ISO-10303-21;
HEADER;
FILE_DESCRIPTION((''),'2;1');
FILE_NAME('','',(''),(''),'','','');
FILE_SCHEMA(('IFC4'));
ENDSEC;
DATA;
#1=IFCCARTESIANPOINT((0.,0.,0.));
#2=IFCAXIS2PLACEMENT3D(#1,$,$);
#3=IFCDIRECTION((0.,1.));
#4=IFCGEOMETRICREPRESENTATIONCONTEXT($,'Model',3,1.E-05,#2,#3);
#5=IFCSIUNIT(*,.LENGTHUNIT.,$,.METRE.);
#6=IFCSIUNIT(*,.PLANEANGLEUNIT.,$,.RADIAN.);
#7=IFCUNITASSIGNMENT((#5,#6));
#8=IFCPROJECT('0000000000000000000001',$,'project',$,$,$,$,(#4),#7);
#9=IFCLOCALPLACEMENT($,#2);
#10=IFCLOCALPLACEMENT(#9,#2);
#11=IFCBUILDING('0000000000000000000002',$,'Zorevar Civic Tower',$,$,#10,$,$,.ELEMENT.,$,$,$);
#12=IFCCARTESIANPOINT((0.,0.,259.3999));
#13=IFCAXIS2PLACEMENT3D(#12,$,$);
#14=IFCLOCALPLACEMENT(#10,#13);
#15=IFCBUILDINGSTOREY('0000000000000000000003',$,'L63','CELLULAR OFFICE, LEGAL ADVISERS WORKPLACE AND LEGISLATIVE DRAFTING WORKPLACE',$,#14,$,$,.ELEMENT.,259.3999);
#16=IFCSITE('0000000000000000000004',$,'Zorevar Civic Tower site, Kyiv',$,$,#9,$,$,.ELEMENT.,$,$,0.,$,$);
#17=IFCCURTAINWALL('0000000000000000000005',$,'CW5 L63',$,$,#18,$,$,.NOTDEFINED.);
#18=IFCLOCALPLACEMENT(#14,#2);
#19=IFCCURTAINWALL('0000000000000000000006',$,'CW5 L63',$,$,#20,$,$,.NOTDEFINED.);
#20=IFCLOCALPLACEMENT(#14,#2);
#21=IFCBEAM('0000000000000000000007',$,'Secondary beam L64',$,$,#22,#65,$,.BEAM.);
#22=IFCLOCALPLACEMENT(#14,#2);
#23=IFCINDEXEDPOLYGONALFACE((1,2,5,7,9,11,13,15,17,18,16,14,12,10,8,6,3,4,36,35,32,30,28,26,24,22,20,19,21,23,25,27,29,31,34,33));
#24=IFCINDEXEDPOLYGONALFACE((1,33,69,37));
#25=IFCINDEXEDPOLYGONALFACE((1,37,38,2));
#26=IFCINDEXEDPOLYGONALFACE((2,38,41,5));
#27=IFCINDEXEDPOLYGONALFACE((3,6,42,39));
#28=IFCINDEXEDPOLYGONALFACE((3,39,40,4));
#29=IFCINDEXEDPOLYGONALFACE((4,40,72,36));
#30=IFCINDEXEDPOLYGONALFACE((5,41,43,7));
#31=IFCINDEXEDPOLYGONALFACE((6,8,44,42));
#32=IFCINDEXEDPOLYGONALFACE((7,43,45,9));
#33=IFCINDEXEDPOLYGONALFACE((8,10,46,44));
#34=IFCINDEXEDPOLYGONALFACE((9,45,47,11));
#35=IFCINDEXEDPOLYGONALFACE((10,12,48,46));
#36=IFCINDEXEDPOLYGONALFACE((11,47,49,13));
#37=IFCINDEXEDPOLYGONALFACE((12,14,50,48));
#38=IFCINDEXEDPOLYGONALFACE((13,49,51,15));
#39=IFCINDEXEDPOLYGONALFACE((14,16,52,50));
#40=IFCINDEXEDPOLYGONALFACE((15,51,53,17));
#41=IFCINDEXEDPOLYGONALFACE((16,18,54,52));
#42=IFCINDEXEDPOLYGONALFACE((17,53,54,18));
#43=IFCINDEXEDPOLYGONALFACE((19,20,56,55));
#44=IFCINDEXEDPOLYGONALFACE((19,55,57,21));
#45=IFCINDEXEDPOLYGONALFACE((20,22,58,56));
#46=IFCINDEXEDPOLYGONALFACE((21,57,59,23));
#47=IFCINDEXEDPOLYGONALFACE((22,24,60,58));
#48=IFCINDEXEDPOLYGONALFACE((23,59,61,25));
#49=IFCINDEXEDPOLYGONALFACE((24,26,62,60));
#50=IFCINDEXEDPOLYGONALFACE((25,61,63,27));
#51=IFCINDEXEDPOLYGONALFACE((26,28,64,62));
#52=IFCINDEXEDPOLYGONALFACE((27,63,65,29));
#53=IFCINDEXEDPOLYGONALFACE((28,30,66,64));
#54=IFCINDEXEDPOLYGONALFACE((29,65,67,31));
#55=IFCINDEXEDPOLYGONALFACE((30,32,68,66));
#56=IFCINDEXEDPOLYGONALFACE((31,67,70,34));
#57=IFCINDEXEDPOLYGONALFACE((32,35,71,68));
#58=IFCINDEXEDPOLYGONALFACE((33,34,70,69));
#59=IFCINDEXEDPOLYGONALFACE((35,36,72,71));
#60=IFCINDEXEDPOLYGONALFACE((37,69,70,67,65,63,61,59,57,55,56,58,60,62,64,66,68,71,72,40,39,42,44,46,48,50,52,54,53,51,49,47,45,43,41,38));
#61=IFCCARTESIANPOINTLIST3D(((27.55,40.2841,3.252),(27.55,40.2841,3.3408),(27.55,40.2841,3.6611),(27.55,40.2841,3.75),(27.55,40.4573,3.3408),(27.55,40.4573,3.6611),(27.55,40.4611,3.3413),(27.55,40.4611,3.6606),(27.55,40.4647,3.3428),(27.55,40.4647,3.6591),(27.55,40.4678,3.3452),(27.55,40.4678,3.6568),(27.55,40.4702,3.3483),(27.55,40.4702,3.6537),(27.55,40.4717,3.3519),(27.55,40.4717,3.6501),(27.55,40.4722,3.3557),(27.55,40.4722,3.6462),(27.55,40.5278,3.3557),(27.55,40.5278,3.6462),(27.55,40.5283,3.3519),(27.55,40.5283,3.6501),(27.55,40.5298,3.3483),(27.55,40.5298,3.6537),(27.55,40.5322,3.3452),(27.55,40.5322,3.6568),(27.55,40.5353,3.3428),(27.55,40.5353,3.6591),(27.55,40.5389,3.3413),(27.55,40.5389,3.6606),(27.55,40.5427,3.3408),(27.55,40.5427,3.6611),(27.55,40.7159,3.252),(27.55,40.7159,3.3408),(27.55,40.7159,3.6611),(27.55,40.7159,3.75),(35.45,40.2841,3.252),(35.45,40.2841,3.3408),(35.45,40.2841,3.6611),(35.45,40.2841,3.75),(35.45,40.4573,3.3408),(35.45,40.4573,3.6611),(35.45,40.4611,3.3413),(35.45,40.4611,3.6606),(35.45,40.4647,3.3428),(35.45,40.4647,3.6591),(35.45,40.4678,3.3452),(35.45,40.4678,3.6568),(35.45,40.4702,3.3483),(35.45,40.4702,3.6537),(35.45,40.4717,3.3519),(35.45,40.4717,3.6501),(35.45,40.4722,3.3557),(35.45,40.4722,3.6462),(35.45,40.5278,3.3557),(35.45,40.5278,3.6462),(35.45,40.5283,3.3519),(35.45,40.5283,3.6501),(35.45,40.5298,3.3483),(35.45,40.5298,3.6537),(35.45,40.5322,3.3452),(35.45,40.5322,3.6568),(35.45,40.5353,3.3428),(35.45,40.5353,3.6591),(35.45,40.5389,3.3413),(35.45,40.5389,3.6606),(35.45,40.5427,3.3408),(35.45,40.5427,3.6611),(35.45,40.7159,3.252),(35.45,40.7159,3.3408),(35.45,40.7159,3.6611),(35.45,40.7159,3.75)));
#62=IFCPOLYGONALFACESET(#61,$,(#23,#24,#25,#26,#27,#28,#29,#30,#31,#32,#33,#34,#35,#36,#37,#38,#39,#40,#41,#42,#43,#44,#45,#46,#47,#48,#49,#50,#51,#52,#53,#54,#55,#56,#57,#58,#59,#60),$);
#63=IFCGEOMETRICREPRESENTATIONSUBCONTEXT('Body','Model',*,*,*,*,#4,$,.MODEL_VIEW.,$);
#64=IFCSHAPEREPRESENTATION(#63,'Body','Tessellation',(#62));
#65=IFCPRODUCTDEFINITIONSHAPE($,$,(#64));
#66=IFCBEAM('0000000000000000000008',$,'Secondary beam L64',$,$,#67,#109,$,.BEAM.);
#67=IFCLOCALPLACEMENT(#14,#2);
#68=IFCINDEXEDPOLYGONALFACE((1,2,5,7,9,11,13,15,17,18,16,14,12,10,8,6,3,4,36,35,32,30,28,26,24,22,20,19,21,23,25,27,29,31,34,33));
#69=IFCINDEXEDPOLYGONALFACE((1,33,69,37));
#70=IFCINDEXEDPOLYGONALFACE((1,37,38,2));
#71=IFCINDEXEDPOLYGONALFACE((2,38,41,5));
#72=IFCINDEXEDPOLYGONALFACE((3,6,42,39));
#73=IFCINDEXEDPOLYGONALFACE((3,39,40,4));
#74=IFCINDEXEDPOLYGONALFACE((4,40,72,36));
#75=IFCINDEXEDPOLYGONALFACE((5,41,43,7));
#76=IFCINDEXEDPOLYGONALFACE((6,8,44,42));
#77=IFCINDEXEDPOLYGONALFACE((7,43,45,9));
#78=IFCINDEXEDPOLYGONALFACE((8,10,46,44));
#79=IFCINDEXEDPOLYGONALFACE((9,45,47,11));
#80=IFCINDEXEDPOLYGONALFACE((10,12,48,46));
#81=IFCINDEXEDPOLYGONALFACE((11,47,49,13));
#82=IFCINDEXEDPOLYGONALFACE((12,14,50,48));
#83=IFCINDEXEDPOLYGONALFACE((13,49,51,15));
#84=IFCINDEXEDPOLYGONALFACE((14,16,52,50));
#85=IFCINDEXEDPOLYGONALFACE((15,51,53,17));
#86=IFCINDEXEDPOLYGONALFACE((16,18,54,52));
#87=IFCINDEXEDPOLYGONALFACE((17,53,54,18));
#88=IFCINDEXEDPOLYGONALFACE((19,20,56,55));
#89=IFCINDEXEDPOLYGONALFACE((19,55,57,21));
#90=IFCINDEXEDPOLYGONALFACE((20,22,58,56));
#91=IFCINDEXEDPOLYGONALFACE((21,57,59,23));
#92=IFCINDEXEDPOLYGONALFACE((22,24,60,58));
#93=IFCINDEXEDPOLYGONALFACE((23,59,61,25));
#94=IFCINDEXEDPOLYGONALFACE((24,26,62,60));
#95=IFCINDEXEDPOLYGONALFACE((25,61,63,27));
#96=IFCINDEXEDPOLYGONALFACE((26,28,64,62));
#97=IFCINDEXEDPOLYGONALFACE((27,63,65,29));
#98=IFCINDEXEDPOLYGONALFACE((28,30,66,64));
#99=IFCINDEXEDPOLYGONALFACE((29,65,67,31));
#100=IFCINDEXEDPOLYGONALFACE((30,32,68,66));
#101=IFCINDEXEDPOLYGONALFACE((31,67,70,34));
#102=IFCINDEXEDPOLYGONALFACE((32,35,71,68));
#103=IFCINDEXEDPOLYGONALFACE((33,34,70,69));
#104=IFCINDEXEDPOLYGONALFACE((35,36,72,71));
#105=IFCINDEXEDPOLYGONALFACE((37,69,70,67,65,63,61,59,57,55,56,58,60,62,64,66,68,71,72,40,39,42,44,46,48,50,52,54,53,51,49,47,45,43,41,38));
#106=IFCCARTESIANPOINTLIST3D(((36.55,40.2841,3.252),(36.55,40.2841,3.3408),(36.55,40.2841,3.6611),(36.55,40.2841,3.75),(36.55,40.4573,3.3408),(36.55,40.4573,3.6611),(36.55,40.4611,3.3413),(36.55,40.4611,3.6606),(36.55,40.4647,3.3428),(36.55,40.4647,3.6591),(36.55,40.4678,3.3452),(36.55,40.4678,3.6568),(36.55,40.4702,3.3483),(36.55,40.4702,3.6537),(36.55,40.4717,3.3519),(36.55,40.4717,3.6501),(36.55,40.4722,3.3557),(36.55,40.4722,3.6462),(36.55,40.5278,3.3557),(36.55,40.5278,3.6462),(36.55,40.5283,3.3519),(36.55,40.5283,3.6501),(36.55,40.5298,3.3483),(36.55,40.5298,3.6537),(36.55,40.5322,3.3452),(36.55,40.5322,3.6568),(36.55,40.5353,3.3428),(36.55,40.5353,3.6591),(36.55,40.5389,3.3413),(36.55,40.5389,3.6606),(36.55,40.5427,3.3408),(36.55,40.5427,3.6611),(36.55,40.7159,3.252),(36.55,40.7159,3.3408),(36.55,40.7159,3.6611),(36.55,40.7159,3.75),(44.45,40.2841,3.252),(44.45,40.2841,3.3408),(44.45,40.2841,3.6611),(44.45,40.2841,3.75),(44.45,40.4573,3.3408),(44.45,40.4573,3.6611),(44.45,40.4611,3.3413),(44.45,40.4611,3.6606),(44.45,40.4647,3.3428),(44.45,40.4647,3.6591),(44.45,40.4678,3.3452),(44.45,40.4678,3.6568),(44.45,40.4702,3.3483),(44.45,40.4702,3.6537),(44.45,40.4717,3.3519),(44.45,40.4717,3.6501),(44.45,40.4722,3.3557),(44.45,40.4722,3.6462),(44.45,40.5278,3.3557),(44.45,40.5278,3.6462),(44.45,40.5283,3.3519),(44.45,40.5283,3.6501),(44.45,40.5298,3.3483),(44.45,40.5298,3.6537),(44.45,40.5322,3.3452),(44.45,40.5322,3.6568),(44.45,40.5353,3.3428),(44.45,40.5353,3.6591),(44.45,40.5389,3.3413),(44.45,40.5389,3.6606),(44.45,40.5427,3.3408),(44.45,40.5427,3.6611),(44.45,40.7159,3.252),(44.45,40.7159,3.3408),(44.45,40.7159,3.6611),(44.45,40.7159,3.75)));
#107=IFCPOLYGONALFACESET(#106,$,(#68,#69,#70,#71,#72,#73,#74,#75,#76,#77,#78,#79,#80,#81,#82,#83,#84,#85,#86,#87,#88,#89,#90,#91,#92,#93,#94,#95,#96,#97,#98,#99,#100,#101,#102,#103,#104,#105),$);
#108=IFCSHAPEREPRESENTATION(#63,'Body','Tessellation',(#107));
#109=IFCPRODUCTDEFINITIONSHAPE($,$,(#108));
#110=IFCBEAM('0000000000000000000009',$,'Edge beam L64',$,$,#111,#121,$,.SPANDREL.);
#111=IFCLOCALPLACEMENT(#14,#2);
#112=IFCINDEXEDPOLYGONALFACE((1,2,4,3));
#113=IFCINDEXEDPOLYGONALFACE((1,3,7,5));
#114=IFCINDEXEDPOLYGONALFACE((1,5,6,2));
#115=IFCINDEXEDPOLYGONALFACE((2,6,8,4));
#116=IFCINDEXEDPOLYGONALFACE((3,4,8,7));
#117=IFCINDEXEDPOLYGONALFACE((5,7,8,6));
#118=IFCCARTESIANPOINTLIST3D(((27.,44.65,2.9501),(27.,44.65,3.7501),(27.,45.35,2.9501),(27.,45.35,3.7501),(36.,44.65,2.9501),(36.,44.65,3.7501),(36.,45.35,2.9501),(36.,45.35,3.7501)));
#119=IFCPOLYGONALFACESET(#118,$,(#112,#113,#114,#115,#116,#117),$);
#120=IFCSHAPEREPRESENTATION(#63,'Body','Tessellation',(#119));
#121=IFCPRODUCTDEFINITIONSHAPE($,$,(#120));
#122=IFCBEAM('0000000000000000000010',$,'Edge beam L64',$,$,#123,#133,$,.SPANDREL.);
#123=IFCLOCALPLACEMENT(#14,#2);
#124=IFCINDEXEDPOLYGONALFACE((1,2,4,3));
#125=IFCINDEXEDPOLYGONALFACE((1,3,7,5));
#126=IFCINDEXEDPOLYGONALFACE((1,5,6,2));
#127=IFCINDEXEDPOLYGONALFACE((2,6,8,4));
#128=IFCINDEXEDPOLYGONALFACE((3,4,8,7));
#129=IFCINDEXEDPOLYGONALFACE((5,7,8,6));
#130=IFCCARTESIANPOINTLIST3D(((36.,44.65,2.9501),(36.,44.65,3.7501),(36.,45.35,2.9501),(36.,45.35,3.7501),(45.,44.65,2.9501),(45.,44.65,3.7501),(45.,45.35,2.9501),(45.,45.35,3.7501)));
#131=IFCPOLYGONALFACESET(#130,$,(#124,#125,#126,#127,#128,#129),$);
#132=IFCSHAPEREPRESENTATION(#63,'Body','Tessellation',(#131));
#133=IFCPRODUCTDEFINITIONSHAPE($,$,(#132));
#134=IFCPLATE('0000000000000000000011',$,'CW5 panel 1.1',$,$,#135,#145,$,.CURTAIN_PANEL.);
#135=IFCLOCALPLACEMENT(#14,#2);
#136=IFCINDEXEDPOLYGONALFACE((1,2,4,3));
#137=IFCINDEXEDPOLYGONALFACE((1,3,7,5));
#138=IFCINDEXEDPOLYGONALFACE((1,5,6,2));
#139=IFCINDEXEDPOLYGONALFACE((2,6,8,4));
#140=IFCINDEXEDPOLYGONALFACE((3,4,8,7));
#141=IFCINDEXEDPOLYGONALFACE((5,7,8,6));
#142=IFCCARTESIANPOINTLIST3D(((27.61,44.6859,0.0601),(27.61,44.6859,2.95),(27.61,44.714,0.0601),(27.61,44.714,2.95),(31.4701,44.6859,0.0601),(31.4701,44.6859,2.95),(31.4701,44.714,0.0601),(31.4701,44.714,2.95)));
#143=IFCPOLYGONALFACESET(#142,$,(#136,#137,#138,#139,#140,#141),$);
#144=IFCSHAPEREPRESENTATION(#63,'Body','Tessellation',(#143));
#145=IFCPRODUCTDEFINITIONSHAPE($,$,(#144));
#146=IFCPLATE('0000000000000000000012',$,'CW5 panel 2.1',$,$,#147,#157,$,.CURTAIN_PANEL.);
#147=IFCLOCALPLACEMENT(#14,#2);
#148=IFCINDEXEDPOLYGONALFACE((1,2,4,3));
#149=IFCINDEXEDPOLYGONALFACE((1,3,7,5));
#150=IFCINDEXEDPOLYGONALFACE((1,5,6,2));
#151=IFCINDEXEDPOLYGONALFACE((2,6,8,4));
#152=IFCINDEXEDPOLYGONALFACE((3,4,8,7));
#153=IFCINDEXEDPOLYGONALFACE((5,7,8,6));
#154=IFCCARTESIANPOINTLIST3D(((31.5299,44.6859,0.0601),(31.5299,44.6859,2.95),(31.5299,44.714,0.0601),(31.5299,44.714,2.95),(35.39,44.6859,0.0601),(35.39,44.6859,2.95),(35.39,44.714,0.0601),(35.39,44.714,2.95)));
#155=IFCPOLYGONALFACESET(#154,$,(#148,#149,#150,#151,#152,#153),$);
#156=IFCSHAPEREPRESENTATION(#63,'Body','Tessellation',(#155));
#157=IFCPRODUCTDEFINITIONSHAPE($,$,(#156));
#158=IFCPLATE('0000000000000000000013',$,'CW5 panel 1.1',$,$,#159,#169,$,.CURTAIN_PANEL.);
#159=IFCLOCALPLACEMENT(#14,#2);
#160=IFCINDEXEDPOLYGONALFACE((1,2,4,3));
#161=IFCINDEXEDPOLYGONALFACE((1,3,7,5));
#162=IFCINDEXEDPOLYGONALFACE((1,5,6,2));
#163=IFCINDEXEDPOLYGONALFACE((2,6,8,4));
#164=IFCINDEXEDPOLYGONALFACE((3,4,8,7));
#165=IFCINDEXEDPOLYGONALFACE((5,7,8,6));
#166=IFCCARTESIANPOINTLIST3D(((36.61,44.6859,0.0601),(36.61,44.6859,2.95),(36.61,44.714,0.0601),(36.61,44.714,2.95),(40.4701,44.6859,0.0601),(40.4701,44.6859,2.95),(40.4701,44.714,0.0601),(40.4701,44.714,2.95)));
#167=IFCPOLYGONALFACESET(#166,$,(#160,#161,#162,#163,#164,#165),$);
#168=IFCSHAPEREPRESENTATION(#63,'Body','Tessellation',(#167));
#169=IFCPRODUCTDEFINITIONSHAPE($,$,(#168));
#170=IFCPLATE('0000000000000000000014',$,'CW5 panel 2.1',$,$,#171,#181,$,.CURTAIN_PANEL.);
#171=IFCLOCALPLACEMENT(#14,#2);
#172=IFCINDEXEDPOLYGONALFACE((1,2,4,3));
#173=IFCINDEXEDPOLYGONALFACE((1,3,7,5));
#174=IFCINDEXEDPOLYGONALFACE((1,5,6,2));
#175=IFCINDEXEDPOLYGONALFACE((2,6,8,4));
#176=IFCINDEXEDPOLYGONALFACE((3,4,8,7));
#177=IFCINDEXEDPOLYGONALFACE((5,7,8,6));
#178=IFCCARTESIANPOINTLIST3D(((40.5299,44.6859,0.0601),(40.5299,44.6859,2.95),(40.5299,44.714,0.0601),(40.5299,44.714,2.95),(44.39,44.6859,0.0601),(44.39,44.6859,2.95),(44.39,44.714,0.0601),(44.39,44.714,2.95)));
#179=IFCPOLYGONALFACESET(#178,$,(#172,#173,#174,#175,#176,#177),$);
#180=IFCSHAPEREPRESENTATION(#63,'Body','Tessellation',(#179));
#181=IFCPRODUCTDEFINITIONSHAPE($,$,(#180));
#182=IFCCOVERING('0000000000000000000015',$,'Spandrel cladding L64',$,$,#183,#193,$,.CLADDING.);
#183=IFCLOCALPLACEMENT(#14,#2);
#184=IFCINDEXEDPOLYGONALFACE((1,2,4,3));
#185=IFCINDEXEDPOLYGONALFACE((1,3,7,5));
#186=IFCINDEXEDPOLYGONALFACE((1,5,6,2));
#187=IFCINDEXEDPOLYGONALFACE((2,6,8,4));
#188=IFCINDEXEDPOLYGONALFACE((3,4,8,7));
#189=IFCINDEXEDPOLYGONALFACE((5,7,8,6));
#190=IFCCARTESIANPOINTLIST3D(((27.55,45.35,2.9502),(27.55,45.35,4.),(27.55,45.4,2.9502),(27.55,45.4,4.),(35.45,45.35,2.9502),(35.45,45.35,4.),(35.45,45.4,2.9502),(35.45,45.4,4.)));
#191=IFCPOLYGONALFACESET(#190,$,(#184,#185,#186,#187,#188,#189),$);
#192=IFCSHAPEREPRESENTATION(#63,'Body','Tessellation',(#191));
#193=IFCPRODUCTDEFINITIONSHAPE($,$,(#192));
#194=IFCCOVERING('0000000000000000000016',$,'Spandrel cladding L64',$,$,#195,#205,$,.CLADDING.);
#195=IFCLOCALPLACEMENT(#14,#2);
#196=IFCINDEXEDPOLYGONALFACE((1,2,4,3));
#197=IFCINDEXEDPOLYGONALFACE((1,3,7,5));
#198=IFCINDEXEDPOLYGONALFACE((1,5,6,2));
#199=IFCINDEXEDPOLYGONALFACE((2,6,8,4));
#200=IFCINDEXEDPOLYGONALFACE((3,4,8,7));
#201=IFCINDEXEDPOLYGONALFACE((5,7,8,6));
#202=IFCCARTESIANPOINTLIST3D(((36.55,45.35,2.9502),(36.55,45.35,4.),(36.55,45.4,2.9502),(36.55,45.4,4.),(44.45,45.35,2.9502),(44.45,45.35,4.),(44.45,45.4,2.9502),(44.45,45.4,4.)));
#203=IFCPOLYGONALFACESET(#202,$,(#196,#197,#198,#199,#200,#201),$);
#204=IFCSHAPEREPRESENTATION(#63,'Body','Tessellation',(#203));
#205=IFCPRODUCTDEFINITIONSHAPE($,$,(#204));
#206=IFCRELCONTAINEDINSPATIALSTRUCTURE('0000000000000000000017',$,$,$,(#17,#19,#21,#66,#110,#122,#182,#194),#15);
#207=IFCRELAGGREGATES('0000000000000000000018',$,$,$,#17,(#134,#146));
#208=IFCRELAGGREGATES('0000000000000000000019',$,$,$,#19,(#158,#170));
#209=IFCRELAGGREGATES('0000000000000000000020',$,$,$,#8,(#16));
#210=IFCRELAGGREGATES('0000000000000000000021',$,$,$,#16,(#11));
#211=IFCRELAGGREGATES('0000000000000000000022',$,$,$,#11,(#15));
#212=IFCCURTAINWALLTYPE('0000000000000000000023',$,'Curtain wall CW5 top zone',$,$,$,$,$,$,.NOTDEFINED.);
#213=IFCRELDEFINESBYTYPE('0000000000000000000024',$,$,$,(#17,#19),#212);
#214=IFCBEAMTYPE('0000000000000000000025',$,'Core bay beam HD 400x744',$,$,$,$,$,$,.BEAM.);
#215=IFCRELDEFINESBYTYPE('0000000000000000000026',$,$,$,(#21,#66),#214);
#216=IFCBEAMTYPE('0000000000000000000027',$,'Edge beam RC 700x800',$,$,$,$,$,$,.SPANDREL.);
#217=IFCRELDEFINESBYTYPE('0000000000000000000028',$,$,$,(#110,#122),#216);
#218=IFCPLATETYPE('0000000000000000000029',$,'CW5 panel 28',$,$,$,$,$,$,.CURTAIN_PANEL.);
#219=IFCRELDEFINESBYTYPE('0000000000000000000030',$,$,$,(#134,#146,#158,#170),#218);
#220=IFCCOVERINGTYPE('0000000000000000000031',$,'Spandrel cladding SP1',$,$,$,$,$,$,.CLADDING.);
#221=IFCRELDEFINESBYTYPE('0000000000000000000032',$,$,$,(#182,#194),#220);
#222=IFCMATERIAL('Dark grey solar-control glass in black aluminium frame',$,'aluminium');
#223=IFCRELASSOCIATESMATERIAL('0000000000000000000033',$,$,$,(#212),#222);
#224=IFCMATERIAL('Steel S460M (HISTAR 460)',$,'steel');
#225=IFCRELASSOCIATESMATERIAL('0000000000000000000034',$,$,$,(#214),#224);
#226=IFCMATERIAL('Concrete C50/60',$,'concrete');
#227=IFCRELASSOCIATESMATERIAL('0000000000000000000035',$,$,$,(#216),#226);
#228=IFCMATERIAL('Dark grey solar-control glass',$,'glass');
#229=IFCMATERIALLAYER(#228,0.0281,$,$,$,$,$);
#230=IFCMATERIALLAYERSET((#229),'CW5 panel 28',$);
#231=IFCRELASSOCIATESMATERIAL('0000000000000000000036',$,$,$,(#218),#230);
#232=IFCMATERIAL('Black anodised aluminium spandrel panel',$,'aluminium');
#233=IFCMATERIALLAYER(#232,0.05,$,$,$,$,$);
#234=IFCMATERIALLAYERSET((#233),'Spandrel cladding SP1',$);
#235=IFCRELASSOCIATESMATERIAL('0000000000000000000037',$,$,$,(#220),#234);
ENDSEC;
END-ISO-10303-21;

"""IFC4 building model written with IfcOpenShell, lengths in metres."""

from ifc_helpers import new_model, si_unit, direction, frame, frame_2d, origin, origin_2d, place, context, subcontext, project, spatial, rectangle, i_section, extrude, material, layer, layer_set, material_profile, profile_set, type_object, element, aggregate, save


model = new_model("IFC4")

# Units and contexts
model_context = context("Model", 3, precision=1e-05, world=origin(), true_north=direction((0.0, 1.0)))
body_context = subcontext(model_context, "Body", "Model", "MODEL_VIEW")
ifc_project = project(units=[si_unit("LENGTHUNIT", "METRE"), si_unit("PLANEANGLEUNIT", "RADIAN")], contexts=[model_context])

# Site, building, storey
site_placement = place(None, origin())
site = spatial("IfcSite", under=ifc_project, at=site_placement, Name="Zorevar Civic Tower site, Kyiv", CompositionType="ELEMENT", RefElevation=0.0)
building_placement = place(site_placement, origin())
building = spatial("IfcBuilding", under=site, at=building_placement, Name="Zorevar Civic Tower", CompositionType="ELEMENT")
storey_placement = place(building_placement, frame((0.0, 0.0, 259.3999)))
storey = spatial("IfcBuildingStorey", under=building, at=storey_placement, Name="L63", Description="CELLULAR OFFICE, LEGAL ADVISERS WORKPLACE AND LEGISLATIVE DRAFTING WORKPLACE", CompositionType="ELEMENT", Elevation=259.3999)

# Curtain walls
ifc_material_1 = material(Name="Dark grey solar-control glass in black aluminium frame", Category="aluminium")
curtain_wall_type = type_object("IfcCurtainWallType", Name="Curtain wall CW5 top zone", PredefinedType="NOTDEFINED", material=ifc_material_1)
curtain_wall_1_placement = place(storey_placement, origin())
curtain_wall_1 = element("IfcCurtainWall", 1, at=curtain_wall_1_placement, inside=storey, type_object=curtain_wall_type, Name="CW5 L63", PredefinedType="NOTDEFINED")
curtain_wall_2_placement = place(storey_placement, origin())
curtain_wall_2 = element("IfcCurtainWall", 2, at=curtain_wall_2_placement, inside=storey, type_object=curtain_wall_type, Name="CW5 L63", PredefinedType="NOTDEFINED")

# Beams
ifc_material_2 = material(Name="Steel S460M (HISTAR 460)", Category="steel")
ifc_material_profile_1 = material_profile(ifc_material_2, i_section(OverallWidth=0.4319, OverallDepth=0.498, WebThickness=0.0557, FlangeThickness=0.0889, FilletRadius=0.0149, at=origin_2d()), Name="HD 400x744")
ifc_profile_set_1 = profile_set([ifc_material_profile_1], Name="Steel S460M (HISTAR 460)")
beam_type_1 = type_object("IfcBeamType", Name="Core bay beam HD 400x744", PredefinedType="BEAM", material=ifc_profile_set_1)
for number, where, z_axis, x_axis, name in (
    (3, (27.55, 40.5, 3.501), (1.0, 0.0, 0.0), (0.0, 1.0, 0.0), "Secondary beam L64"),
    (4, (36.55, 40.5, 3.501), (1.0, 0.0, 0.0), (0.0, 1.0, 0.0), "Secondary beam L64"),
):
    element("IfcBeam", number, at=place(storey_placement, frame(where, z_axis=z_axis, x_axis=x_axis)), inside=storey, type_object=beam_type_1, Name=name, PredefinedType="BEAM", context=body_context, shape_type="SweptSolid", body=[
        extrude(i_section(OverallWidth=0.4319, OverallDepth=0.498, WebThickness=0.0557, FlangeThickness=0.0889, FilletRadius=0.0149, at=origin_2d()), origin(), (0.0, 0.0, 1.0), 7.8999),
    ])
ifc_material_3 = material(Name="Concrete C50/60", Category="concrete")
ifc_material_profile_2 = material_profile(ifc_material_3, rectangle(XDim=0.7, YDim=0.8, at=origin_2d()), Name="RC 700x800")
ifc_profile_set_2 = profile_set([ifc_material_profile_2], Name="Concrete C50/60")
beam_type_2 = type_object("IfcBeamType", Name="Edge beam RC 700x800", PredefinedType="SPANDREL", material=ifc_profile_set_2)
for number, where, z_axis, x_axis, name in (
    (5, (27.0, 45.0, 3.3501), (1.0, 0.0, 0.0), (0.0, 1.0, 0.0), "Edge beam L64"),
    (6, (36.0, 45.0, 3.3501), (1.0, 0.0, 0.0), (0.0, 1.0, 0.0), "Edge beam L64"),
):
    element("IfcBeam", number, at=place(storey_placement, frame(where, z_axis=z_axis, x_axis=x_axis)), inside=storey, type_object=beam_type_2, Name=name, PredefinedType="SPANDREL", context=body_context, shape_type="SweptSolid", body=[
        extrude(rectangle(XDim=0.7, YDim=0.8, at=origin_2d()), origin(), (0.0, 0.0, 1.0), 9.0),
    ])

# Plates
ifc_material_4 = material(Name="Dark grey solar-control glass", Category="glass")
ifc_layer_1 = layer(ifc_material_4, 0.0281)
ifc_layer_set_1 = layer_set([ifc_layer_1], Name="CW5 panel 28")
plate_type = type_object("IfcPlateType", Name="CW5 panel 28", PredefinedType="CURTAIN_PANEL", material=ifc_layer_set_1)
plate_1_placement = place(storey_placement, frame((29.54, 44.7, 0.0601), z_axis=(0.0, 0.0, 1.0), x_axis=(1.0, 0.0, 0.0)))
plate_1 = element("IfcPlate", 7, at=plate_1_placement, type_object=plate_type, Name="CW5 panel 1.1", PredefinedType="CURTAIN_PANEL", context=body_context, shape_type="SweptSolid", body=[
    extrude(rectangle(XDim=3.8601, YDim=0.0281, at=origin_2d()), origin(), (0.0, 0.0, 1.0), 2.8899),
])
plate_2_placement = place(storey_placement, frame((33.46, 44.7, 0.0601), z_axis=(0.0, 0.0, 1.0), x_axis=(1.0, 0.0, 0.0)))
plate_2 = element("IfcPlate", 8, at=plate_2_placement, type_object=plate_type, Name="CW5 panel 2.1", PredefinedType="CURTAIN_PANEL", context=body_context, shape_type="SweptSolid", body=[
    extrude(rectangle(XDim=3.8601, YDim=0.0281, at=origin_2d()), origin(), (0.0, 0.0, 1.0), 2.8899),
])
aggregate(curtain_wall_1, [plate_1, plate_2])
plate_3_placement = place(storey_placement, frame((38.54, 44.7, 0.0601), z_axis=(0.0, 0.0, 1.0), x_axis=(1.0, 0.0, 0.0)))
plate_3 = element("IfcPlate", 9, at=plate_3_placement, type_object=plate_type, Name="CW5 panel 1.1", PredefinedType="CURTAIN_PANEL", context=body_context, shape_type="SweptSolid", body=[
    extrude(rectangle(XDim=3.8601, YDim=0.0281, at=origin_2d()), origin(), (0.0, 0.0, 1.0), 2.8899),
])
plate_4_placement = place(storey_placement, frame((42.46, 44.7, 0.0601), z_axis=(0.0, 0.0, 1.0), x_axis=(1.0, 0.0, 0.0)))
plate_4 = element("IfcPlate", 10, at=plate_4_placement, type_object=plate_type, Name="CW5 panel 2.1", PredefinedType="CURTAIN_PANEL", context=body_context, shape_type="SweptSolid", body=[
    extrude(rectangle(XDim=3.8601, YDim=0.0281, at=origin_2d()), origin(), (0.0, 0.0, 1.0), 2.8899),
])
aggregate(curtain_wall_2, [plate_3, plate_4])

# Coverings
ifc_material_5 = material(Name="Black anodised aluminium spandrel panel", Category="aluminium")
ifc_layer_2 = layer(ifc_material_5, 0.05)
ifc_layer_set_2 = layer_set([ifc_layer_2], Name="Spandrel cladding SP1")
covering_type = type_object("IfcCoveringType", Name="Spandrel cladding SP1", PredefinedType="CLADDING", material=ifc_layer_set_2)
for number, where, z_axis, x_axis, name in (
    (11, (27.55, 45.375, 2.9502), (0.0, 0.0, 1.0), (1.0, 0.0, 0.0), "Spandrel cladding L64"),
    (12, (36.55, 45.375, 2.9502), (0.0, 0.0, 1.0), (1.0, 0.0, 0.0), "Spandrel cladding L64"),
):
    element("IfcCovering", number, at=place(storey_placement, frame(where, z_axis=z_axis, x_axis=x_axis)), inside=storey, type_object=covering_type, Name=name, PredefinedType="CLADDING", context=body_context, shape_type="SweptSolid", body=[
        extrude(rectangle(XDim=7.8999, YDim=0.05, at=frame_2d((3.95, 0.0))), origin(), (0.0, 0.0, 1.0), 1.0498),
    ])

save(model, "model.ifc")
